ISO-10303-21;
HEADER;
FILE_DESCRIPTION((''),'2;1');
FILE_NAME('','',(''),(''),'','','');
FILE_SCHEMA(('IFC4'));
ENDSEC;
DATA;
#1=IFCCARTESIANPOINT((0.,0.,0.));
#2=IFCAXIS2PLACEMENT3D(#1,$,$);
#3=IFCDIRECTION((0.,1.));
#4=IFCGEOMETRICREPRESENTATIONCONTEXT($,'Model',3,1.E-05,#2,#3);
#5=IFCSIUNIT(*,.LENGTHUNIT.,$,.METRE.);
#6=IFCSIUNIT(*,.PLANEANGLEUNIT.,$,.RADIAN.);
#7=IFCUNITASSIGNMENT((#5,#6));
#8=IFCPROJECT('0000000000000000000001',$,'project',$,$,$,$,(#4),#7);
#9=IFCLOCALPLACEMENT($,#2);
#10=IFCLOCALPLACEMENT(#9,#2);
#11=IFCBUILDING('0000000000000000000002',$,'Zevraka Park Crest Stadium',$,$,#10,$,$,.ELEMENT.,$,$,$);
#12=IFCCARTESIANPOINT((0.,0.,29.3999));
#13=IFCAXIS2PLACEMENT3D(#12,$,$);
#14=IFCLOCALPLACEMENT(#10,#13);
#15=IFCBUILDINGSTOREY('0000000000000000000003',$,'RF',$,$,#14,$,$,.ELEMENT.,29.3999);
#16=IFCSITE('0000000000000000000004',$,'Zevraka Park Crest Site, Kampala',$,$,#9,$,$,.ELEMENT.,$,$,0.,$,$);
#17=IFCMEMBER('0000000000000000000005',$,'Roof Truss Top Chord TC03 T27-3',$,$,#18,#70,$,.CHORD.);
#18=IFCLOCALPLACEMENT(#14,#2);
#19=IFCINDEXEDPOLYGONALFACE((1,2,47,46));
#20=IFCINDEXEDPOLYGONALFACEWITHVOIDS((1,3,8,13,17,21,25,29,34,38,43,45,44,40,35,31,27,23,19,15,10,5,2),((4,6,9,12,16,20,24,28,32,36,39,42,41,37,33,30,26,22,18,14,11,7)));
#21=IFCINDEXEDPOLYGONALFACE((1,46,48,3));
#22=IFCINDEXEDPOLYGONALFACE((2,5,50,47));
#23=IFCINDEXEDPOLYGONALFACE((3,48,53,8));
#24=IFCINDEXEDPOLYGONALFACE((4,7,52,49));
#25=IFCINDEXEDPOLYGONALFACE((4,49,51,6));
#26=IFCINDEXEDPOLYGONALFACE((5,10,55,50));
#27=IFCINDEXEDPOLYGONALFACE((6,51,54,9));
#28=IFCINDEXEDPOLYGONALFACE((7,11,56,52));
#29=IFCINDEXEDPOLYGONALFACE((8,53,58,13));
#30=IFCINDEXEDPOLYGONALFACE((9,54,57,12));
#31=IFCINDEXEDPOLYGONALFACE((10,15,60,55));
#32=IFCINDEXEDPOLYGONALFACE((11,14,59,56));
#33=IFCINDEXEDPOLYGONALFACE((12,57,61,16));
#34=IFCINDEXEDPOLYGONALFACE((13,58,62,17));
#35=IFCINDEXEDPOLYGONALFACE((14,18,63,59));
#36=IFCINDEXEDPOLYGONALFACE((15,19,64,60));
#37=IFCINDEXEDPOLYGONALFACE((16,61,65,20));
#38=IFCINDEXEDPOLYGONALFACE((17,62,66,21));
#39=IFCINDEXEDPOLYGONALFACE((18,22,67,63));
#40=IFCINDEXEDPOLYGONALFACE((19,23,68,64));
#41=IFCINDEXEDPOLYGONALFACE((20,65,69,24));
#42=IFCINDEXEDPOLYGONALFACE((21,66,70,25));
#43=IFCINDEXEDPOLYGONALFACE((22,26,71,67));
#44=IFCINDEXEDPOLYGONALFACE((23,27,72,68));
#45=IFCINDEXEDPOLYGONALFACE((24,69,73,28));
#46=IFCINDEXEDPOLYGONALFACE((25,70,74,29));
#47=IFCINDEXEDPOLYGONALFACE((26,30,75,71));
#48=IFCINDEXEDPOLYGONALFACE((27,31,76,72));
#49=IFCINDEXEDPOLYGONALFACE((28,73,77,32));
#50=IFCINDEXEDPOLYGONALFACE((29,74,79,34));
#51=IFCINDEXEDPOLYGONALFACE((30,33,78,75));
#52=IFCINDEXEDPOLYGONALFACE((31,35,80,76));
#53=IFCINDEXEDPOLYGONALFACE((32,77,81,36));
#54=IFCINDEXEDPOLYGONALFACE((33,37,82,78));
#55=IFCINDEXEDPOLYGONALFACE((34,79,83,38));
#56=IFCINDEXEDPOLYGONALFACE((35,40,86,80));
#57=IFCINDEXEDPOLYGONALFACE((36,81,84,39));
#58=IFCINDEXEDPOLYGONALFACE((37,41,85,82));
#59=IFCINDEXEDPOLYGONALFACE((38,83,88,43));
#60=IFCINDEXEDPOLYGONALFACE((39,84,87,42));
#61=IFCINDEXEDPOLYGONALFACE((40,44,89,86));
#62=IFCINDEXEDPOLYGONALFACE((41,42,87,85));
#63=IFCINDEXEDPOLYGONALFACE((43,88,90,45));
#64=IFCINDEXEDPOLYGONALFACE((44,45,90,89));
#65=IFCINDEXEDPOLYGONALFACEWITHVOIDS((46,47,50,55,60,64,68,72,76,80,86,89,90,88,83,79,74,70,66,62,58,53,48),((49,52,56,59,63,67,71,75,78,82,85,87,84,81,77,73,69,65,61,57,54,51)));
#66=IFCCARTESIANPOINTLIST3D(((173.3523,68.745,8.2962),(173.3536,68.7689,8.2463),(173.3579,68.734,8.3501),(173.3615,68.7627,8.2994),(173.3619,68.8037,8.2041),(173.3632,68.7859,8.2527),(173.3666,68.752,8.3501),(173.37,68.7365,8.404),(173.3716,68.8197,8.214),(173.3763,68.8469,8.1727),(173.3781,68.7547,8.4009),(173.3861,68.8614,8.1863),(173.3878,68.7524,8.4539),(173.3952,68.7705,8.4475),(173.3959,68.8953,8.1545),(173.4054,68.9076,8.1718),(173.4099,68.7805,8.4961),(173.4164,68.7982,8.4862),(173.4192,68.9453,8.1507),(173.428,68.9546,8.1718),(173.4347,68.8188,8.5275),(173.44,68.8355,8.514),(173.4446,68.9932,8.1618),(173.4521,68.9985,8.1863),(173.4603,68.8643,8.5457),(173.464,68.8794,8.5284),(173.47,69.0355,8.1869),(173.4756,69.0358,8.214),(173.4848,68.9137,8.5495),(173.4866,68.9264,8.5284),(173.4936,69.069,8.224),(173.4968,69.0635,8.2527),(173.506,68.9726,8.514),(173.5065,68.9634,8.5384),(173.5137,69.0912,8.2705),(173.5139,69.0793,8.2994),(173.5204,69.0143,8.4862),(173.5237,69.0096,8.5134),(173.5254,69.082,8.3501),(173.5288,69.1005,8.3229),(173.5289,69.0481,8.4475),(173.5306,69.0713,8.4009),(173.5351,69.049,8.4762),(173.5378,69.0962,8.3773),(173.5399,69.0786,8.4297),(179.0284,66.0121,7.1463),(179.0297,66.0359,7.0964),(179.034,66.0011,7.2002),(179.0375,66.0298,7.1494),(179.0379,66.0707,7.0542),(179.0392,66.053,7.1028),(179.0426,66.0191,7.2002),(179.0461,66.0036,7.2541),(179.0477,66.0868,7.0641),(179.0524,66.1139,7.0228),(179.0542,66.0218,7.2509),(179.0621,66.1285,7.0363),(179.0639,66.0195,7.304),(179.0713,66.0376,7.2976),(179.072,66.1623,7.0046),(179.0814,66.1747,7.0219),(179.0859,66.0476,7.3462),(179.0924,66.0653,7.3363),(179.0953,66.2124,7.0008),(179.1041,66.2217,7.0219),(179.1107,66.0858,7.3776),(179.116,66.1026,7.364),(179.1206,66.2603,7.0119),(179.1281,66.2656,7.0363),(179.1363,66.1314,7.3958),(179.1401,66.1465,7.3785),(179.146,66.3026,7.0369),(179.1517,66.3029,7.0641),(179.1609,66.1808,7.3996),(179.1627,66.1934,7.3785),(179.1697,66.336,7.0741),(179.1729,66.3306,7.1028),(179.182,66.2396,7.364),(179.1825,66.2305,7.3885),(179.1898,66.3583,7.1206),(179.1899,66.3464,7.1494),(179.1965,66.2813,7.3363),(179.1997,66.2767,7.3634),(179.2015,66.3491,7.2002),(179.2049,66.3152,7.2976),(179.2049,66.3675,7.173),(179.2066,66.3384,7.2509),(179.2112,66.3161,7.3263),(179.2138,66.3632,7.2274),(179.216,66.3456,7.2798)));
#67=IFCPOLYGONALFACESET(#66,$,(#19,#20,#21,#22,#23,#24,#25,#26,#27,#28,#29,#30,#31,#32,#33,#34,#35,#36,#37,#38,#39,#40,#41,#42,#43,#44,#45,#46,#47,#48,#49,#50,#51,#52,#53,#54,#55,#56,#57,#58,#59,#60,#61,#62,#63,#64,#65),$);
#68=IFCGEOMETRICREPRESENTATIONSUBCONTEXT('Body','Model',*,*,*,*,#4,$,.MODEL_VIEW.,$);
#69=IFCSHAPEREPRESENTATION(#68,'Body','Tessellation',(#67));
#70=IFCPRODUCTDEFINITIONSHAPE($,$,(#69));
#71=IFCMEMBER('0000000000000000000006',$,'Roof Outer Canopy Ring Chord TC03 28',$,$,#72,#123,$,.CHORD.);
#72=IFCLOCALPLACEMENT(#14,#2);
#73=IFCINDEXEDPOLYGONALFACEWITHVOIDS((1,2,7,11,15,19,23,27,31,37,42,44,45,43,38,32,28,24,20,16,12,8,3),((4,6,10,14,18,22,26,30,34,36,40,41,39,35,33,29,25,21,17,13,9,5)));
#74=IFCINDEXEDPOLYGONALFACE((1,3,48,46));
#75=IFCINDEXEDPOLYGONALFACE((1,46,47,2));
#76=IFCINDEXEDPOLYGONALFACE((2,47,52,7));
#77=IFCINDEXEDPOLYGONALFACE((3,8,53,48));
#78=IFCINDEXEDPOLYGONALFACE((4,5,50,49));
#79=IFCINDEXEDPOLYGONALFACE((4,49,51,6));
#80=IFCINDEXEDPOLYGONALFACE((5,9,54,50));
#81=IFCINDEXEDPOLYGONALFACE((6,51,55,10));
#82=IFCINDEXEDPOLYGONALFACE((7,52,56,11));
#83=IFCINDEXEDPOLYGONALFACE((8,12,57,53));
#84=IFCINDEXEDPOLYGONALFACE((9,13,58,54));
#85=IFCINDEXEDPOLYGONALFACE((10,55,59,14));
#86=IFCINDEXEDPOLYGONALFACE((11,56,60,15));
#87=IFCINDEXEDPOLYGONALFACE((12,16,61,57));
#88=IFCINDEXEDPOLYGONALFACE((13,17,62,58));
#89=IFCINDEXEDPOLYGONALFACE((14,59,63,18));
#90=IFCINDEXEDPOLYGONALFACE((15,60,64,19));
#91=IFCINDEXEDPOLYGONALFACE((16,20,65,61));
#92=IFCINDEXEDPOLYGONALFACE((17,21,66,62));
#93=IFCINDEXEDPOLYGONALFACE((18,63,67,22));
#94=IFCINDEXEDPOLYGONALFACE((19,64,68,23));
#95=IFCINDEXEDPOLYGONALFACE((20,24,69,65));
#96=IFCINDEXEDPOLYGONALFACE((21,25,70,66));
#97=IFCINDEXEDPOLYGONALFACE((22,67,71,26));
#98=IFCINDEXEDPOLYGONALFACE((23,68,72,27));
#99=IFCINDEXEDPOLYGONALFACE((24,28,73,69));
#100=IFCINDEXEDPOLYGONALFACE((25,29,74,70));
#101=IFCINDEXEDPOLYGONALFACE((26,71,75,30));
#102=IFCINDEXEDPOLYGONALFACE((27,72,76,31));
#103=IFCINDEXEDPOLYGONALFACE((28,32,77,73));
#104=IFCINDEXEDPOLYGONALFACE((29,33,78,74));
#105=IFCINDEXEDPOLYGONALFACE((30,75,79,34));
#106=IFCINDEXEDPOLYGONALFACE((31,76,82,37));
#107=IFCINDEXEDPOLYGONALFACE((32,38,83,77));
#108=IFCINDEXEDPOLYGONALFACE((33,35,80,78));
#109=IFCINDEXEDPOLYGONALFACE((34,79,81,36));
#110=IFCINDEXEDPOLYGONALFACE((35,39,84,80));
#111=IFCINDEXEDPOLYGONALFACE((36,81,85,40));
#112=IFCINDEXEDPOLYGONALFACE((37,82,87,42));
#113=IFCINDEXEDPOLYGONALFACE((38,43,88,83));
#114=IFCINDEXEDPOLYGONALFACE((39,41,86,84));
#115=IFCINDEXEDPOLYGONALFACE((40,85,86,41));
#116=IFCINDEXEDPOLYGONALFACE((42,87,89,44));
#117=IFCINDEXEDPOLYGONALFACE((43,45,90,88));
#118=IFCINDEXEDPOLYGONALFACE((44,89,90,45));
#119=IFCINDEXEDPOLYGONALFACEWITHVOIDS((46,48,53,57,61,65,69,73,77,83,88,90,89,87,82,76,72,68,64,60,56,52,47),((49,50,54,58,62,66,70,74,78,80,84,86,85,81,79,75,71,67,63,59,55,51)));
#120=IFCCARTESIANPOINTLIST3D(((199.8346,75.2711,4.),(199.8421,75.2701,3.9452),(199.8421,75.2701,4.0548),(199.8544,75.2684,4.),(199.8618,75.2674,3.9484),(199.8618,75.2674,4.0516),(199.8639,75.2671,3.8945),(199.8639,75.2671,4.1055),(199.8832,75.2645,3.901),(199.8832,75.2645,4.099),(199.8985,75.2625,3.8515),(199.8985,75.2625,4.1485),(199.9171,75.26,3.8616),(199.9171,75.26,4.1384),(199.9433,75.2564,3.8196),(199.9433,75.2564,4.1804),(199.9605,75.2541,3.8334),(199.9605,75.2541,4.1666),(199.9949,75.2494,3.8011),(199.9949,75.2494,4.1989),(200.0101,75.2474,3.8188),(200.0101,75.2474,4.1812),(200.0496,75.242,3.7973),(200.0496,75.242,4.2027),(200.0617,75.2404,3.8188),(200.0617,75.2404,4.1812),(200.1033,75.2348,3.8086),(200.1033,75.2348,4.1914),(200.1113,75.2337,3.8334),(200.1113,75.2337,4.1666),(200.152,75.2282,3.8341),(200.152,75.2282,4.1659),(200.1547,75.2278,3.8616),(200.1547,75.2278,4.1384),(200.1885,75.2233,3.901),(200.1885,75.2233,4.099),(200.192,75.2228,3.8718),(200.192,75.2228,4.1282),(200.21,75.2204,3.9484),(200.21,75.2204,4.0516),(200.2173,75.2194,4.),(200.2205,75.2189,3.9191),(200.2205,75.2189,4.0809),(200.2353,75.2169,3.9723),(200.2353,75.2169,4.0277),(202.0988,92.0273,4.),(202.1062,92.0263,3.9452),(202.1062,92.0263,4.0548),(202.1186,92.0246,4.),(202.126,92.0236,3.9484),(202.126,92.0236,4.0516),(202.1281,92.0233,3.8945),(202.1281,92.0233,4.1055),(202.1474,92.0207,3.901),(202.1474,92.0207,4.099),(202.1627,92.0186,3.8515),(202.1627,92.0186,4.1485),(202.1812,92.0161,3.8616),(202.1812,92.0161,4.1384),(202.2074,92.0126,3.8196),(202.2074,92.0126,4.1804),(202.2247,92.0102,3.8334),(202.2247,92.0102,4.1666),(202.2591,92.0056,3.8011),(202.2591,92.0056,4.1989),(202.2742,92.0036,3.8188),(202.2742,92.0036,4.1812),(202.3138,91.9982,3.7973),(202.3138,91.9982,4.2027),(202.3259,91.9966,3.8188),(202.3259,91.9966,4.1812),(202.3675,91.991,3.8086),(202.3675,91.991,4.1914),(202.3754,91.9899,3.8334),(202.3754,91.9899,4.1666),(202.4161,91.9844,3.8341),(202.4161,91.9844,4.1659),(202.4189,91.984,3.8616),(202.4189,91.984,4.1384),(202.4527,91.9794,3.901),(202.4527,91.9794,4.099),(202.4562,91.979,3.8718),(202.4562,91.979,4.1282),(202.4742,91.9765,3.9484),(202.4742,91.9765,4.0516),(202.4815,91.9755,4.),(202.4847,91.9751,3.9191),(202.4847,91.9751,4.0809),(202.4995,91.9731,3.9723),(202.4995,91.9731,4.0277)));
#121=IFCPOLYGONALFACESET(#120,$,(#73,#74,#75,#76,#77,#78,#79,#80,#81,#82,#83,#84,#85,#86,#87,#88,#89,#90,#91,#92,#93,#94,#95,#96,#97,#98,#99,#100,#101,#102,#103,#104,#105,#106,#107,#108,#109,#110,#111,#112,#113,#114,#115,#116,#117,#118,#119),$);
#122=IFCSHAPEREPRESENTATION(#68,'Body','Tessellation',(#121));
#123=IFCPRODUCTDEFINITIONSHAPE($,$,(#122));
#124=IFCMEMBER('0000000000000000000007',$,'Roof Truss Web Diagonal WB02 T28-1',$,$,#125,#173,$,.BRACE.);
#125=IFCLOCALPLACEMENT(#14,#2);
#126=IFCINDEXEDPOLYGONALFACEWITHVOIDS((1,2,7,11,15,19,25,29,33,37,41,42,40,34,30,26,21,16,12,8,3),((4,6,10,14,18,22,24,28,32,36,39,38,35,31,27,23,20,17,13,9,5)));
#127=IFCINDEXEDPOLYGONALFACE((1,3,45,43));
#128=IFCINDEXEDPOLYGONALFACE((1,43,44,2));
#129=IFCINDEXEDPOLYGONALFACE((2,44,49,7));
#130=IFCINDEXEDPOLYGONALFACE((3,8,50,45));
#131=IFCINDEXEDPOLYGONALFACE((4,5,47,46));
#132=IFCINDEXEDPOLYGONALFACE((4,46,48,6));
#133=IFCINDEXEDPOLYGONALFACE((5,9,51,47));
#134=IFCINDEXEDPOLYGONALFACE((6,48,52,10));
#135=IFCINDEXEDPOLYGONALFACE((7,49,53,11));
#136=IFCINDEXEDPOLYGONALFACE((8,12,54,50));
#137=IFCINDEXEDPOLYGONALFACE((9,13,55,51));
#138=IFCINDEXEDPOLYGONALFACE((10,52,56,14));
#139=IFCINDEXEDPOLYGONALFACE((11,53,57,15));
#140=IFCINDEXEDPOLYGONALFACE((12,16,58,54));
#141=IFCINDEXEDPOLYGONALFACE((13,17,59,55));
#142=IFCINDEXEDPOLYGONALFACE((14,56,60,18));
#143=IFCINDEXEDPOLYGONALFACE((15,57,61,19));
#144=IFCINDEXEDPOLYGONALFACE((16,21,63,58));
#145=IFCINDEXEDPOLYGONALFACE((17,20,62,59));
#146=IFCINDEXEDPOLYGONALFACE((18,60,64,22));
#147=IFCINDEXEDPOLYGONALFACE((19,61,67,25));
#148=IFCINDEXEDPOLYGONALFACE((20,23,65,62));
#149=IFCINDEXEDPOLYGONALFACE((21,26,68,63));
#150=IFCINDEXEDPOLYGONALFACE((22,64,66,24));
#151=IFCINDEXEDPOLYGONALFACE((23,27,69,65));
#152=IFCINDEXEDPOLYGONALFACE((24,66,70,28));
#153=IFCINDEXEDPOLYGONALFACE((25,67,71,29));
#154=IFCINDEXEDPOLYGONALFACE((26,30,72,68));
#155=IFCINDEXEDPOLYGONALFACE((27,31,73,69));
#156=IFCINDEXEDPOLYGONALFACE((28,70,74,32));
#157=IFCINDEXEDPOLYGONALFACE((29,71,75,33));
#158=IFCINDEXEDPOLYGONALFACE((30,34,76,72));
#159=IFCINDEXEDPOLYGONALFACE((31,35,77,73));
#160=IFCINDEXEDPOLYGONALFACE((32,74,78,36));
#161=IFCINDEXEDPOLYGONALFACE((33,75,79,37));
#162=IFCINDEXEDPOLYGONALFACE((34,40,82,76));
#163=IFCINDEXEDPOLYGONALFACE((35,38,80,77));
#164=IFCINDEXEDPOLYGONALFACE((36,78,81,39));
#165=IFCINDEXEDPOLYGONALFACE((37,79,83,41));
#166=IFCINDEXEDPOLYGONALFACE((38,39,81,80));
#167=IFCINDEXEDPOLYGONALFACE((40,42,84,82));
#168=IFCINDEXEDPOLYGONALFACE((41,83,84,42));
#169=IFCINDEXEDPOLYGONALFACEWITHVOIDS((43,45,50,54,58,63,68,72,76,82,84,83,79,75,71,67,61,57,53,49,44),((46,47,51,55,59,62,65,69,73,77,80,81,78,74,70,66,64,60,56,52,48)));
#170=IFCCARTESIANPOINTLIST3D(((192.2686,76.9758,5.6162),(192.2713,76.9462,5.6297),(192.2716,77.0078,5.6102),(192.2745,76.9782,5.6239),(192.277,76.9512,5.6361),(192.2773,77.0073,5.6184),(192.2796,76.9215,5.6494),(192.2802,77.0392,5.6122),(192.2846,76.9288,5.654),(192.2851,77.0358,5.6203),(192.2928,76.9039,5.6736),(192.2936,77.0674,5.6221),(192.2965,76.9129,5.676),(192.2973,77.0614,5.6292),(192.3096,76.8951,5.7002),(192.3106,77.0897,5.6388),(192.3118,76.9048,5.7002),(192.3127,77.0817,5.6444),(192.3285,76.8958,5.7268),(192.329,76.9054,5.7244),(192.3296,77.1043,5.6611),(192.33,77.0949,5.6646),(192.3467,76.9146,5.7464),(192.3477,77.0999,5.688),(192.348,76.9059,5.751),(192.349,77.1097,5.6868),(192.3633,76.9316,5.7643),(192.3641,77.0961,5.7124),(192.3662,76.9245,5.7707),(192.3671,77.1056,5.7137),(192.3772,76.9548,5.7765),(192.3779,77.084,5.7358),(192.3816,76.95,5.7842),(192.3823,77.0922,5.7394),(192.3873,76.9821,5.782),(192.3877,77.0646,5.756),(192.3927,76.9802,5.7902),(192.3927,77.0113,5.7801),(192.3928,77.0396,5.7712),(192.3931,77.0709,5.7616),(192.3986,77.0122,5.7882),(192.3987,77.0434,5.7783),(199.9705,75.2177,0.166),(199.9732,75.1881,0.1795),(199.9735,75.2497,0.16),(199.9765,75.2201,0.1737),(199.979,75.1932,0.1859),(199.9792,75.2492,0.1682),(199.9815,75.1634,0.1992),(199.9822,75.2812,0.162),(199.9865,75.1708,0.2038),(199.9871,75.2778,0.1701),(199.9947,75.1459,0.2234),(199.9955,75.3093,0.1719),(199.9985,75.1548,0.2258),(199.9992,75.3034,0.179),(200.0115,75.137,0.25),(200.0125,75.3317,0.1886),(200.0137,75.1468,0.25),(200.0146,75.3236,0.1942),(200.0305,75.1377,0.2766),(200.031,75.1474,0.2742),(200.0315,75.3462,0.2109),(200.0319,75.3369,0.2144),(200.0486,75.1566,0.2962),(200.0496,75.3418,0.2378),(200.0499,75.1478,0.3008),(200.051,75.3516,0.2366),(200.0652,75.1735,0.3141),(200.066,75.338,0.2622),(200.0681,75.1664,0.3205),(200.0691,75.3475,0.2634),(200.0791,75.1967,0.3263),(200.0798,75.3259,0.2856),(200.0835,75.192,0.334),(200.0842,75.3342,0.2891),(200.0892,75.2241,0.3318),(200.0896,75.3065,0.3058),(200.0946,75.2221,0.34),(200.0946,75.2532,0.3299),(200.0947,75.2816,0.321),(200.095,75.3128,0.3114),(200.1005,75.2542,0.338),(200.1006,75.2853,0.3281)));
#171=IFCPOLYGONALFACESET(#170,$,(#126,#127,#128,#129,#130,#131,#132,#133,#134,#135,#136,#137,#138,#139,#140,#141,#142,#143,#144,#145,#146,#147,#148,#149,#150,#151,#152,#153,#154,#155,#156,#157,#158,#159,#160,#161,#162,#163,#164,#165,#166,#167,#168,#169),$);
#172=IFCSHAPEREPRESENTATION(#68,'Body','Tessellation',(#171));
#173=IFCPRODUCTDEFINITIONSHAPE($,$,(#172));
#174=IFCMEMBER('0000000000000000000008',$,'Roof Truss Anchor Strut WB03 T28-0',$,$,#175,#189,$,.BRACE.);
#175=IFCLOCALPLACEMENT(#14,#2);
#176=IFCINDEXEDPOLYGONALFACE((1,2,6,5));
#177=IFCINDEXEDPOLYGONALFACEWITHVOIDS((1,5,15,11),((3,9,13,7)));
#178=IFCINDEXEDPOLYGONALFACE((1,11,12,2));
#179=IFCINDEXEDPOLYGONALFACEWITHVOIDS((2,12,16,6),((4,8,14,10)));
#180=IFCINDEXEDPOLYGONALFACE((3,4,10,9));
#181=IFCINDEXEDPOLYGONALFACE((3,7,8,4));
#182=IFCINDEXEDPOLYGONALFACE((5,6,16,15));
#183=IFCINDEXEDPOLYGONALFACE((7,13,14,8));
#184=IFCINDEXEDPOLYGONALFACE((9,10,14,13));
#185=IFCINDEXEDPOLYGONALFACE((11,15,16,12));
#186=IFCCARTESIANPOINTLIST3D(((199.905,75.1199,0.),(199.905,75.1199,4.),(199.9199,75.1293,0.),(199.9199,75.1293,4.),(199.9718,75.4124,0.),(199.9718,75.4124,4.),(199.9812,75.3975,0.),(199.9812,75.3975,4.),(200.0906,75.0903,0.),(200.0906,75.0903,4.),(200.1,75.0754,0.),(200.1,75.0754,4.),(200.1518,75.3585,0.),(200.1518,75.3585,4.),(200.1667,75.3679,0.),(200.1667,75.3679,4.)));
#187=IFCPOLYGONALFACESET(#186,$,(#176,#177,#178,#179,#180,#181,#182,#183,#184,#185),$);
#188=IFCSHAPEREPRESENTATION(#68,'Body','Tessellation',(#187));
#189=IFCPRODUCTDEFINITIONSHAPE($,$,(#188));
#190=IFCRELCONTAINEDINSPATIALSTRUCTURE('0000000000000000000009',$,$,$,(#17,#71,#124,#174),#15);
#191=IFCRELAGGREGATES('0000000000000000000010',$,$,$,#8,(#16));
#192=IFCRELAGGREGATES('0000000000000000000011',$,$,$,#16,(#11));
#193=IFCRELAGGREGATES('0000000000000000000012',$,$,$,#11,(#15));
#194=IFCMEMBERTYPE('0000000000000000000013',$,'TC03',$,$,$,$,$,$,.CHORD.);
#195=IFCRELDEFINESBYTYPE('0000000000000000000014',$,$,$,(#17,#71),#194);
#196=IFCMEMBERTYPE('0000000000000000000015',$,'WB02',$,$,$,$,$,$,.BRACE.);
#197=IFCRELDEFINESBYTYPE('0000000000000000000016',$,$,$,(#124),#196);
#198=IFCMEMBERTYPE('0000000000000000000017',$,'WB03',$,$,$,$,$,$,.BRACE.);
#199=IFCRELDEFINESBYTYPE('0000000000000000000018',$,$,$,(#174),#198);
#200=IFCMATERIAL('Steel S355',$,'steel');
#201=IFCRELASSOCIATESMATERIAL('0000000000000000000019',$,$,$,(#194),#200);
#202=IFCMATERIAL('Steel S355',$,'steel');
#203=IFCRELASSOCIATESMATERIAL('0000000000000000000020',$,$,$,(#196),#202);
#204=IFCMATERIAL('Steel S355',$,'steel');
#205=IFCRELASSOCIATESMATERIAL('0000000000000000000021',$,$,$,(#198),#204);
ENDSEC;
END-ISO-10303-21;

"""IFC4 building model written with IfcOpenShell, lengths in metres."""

from ifc_helpers import new_model, si_unit, direction, frame, origin, origin_2d, place, context, subcontext, project, spatial, hollow_rectangle, hollow_circle, extrude, material, material_profile, profile_set, type_object, element, save


model = new_model("IFC4")

# Units and contexts
model_context = context("Model", 3, precision=1e-05, world=origin(), true_north=direction((0.0, 1.0)))
body_context = subcontext(model_context, "Body", "Model", "MODEL_VIEW")
ifc_project = project(units=[si_unit("LENGTHUNIT", "METRE"), si_unit("PLANEANGLEUNIT", "RADIAN")], contexts=[model_context])

# Site, building, storey
site_placement = place(None, origin())
site = spatial("IfcSite", under=ifc_project, at=site_placement, Name="Zevraka Park Crest Site, Kampala", CompositionType="ELEMENT", RefElevation=0.0)
building_placement = place(site_placement, origin())
building = spatial("IfcBuilding", under=site, at=building_placement, Name="Zevraka Park Crest Stadium", CompositionType="ELEMENT")
storey_placement = place(building_placement, frame((0.0, 0.0, 29.3999)))
storey = spatial("IfcBuildingStorey", under=building, at=storey_placement, Name="RF", CompositionType="ELEMENT", Elevation=29.3999)

# Members
ifc_material_1 = material(Name="Steel S355", Category="steel")
ifc_material_profile_1 = material_profile(ifc_material_1, hollow_circle(Radius=0.2031, WallThickness=0.02, at=origin_2d()), Name="CHS 406.4x20")
ifc_profile_set_1 = profile_set([ifc_material_profile_1], Name="Steel S355")
member_type_1 = type_object("IfcMemberType", Name="TC03", PredefinedType="CHORD", material=ifc_profile_set_1)
member_1_placement = place(storey_placement, frame((179.1221, 66.1841, 7.2002), z_axis=(-0.886356, 0.426765, 0.179566), x_axis=(-0.433817, -0.901001, 0.0)))
element("IfcMember", 1, at=member_1_placement, inside=storey, type_object=member_type_1, Name="Roof Truss Top Chord TC03 T27-3", PredefinedType="CHORD", context=body_context, shape_type="SweptSolid", body=[
    extrude(hollow_circle(Radius=0.2031, WallThickness=0.02, at=origin_2d()), origin(), (0.0, 0.0, 1.0), 6.4038),
])
member_2_placement = place(storey_placement, frame((200.0359, 75.2439, 4.0), z_axis=(0.133908, 0.990994, 0.0), x_axis=(-0.990994, 0.133908, 0.0)))
element("IfcMember", 2, at=member_2_placement, inside=storey, type_object=member_type_1, Name="Roof Outer Canopy Ring Chord TC03 28", PredefinedType="CHORD", context=body_context, shape_type="SweptSolid", body=[
    extrude(hollow_circle(Radius=0.2031, WallThickness=0.02, at=origin_2d()), origin(), (0.0, 0.0, 1.0), 16.9084),
])
ifc_material_2 = material(Name="Steel S355", Category="steel")
ifc_material_profile_2 = material_profile(ifc_material_2, hollow_circle(Radius=0.1096, WallThickness=0.01, at=origin_2d()), Name="CHS 219.1x10")
ifc_profile_set_2 = profile_set([ifc_material_profile_2], Name="Steel S355")
member_type_2 = type_object("IfcMemberType", Name="WB02", PredefinedType="BRACE", material=ifc_profile_set_2)
member_3_placement = place(storey_placement, frame((200.0359, 75.2439, 0.25), z_axis=(-0.802479, 0.183176, 0.567868), x_axis=(-0.222539, -0.974924, 0.0)))
element("IfcMember", 3, at=member_3_placement, inside=storey, type_object=member_type_2, Name="Roof Truss Web Diagonal WB02 T28-1", PredefinedType="BRACE", context=body_context, shape_type="SweptSolid", body=[
    extrude(hollow_circle(Radius=0.1096, WallThickness=0.01, at=origin_2d()), origin(), (0.0, 0.0, 1.0), 9.5977),
])
ifc_material_3 = material(Name="Steel S355", Category="steel")
ifc_material_profile_3 = material_profile(ifc_material_3, hollow_rectangle(XDim=0.2, YDim=0.3, WallThickness=0.0125, at=origin_2d()), Name="RHS 300x200x12.5")
ifc_profile_set_3 = profile_set([ifc_material_profile_3], Name="Steel S355")
member_type_3 = type_object("IfcMemberType", Name="WB03", PredefinedType="BRACE", material=ifc_profile_set_3)
member_4_placement = place(storey_placement, frame((200.0359, 75.2439, 0.0), z_axis=(0.0, 0.0, 1.0), x_axis=(-0.974917, 0.22257, 0.0)))
element("IfcMember", 4, at=member_4_placement, inside=storey, type_object=member_type_3, Name="Roof Truss Anchor Strut WB03 T28-0", PredefinedType="BRACE", context=body_context, shape_type="SweptSolid", body=[
    extrude(hollow_rectangle(XDim=0.2, YDim=0.3, WallThickness=0.0125, at=origin_2d()), origin(), (0.0, 0.0, 1.0), 4.0),
])

save(model, "model.ifc")
